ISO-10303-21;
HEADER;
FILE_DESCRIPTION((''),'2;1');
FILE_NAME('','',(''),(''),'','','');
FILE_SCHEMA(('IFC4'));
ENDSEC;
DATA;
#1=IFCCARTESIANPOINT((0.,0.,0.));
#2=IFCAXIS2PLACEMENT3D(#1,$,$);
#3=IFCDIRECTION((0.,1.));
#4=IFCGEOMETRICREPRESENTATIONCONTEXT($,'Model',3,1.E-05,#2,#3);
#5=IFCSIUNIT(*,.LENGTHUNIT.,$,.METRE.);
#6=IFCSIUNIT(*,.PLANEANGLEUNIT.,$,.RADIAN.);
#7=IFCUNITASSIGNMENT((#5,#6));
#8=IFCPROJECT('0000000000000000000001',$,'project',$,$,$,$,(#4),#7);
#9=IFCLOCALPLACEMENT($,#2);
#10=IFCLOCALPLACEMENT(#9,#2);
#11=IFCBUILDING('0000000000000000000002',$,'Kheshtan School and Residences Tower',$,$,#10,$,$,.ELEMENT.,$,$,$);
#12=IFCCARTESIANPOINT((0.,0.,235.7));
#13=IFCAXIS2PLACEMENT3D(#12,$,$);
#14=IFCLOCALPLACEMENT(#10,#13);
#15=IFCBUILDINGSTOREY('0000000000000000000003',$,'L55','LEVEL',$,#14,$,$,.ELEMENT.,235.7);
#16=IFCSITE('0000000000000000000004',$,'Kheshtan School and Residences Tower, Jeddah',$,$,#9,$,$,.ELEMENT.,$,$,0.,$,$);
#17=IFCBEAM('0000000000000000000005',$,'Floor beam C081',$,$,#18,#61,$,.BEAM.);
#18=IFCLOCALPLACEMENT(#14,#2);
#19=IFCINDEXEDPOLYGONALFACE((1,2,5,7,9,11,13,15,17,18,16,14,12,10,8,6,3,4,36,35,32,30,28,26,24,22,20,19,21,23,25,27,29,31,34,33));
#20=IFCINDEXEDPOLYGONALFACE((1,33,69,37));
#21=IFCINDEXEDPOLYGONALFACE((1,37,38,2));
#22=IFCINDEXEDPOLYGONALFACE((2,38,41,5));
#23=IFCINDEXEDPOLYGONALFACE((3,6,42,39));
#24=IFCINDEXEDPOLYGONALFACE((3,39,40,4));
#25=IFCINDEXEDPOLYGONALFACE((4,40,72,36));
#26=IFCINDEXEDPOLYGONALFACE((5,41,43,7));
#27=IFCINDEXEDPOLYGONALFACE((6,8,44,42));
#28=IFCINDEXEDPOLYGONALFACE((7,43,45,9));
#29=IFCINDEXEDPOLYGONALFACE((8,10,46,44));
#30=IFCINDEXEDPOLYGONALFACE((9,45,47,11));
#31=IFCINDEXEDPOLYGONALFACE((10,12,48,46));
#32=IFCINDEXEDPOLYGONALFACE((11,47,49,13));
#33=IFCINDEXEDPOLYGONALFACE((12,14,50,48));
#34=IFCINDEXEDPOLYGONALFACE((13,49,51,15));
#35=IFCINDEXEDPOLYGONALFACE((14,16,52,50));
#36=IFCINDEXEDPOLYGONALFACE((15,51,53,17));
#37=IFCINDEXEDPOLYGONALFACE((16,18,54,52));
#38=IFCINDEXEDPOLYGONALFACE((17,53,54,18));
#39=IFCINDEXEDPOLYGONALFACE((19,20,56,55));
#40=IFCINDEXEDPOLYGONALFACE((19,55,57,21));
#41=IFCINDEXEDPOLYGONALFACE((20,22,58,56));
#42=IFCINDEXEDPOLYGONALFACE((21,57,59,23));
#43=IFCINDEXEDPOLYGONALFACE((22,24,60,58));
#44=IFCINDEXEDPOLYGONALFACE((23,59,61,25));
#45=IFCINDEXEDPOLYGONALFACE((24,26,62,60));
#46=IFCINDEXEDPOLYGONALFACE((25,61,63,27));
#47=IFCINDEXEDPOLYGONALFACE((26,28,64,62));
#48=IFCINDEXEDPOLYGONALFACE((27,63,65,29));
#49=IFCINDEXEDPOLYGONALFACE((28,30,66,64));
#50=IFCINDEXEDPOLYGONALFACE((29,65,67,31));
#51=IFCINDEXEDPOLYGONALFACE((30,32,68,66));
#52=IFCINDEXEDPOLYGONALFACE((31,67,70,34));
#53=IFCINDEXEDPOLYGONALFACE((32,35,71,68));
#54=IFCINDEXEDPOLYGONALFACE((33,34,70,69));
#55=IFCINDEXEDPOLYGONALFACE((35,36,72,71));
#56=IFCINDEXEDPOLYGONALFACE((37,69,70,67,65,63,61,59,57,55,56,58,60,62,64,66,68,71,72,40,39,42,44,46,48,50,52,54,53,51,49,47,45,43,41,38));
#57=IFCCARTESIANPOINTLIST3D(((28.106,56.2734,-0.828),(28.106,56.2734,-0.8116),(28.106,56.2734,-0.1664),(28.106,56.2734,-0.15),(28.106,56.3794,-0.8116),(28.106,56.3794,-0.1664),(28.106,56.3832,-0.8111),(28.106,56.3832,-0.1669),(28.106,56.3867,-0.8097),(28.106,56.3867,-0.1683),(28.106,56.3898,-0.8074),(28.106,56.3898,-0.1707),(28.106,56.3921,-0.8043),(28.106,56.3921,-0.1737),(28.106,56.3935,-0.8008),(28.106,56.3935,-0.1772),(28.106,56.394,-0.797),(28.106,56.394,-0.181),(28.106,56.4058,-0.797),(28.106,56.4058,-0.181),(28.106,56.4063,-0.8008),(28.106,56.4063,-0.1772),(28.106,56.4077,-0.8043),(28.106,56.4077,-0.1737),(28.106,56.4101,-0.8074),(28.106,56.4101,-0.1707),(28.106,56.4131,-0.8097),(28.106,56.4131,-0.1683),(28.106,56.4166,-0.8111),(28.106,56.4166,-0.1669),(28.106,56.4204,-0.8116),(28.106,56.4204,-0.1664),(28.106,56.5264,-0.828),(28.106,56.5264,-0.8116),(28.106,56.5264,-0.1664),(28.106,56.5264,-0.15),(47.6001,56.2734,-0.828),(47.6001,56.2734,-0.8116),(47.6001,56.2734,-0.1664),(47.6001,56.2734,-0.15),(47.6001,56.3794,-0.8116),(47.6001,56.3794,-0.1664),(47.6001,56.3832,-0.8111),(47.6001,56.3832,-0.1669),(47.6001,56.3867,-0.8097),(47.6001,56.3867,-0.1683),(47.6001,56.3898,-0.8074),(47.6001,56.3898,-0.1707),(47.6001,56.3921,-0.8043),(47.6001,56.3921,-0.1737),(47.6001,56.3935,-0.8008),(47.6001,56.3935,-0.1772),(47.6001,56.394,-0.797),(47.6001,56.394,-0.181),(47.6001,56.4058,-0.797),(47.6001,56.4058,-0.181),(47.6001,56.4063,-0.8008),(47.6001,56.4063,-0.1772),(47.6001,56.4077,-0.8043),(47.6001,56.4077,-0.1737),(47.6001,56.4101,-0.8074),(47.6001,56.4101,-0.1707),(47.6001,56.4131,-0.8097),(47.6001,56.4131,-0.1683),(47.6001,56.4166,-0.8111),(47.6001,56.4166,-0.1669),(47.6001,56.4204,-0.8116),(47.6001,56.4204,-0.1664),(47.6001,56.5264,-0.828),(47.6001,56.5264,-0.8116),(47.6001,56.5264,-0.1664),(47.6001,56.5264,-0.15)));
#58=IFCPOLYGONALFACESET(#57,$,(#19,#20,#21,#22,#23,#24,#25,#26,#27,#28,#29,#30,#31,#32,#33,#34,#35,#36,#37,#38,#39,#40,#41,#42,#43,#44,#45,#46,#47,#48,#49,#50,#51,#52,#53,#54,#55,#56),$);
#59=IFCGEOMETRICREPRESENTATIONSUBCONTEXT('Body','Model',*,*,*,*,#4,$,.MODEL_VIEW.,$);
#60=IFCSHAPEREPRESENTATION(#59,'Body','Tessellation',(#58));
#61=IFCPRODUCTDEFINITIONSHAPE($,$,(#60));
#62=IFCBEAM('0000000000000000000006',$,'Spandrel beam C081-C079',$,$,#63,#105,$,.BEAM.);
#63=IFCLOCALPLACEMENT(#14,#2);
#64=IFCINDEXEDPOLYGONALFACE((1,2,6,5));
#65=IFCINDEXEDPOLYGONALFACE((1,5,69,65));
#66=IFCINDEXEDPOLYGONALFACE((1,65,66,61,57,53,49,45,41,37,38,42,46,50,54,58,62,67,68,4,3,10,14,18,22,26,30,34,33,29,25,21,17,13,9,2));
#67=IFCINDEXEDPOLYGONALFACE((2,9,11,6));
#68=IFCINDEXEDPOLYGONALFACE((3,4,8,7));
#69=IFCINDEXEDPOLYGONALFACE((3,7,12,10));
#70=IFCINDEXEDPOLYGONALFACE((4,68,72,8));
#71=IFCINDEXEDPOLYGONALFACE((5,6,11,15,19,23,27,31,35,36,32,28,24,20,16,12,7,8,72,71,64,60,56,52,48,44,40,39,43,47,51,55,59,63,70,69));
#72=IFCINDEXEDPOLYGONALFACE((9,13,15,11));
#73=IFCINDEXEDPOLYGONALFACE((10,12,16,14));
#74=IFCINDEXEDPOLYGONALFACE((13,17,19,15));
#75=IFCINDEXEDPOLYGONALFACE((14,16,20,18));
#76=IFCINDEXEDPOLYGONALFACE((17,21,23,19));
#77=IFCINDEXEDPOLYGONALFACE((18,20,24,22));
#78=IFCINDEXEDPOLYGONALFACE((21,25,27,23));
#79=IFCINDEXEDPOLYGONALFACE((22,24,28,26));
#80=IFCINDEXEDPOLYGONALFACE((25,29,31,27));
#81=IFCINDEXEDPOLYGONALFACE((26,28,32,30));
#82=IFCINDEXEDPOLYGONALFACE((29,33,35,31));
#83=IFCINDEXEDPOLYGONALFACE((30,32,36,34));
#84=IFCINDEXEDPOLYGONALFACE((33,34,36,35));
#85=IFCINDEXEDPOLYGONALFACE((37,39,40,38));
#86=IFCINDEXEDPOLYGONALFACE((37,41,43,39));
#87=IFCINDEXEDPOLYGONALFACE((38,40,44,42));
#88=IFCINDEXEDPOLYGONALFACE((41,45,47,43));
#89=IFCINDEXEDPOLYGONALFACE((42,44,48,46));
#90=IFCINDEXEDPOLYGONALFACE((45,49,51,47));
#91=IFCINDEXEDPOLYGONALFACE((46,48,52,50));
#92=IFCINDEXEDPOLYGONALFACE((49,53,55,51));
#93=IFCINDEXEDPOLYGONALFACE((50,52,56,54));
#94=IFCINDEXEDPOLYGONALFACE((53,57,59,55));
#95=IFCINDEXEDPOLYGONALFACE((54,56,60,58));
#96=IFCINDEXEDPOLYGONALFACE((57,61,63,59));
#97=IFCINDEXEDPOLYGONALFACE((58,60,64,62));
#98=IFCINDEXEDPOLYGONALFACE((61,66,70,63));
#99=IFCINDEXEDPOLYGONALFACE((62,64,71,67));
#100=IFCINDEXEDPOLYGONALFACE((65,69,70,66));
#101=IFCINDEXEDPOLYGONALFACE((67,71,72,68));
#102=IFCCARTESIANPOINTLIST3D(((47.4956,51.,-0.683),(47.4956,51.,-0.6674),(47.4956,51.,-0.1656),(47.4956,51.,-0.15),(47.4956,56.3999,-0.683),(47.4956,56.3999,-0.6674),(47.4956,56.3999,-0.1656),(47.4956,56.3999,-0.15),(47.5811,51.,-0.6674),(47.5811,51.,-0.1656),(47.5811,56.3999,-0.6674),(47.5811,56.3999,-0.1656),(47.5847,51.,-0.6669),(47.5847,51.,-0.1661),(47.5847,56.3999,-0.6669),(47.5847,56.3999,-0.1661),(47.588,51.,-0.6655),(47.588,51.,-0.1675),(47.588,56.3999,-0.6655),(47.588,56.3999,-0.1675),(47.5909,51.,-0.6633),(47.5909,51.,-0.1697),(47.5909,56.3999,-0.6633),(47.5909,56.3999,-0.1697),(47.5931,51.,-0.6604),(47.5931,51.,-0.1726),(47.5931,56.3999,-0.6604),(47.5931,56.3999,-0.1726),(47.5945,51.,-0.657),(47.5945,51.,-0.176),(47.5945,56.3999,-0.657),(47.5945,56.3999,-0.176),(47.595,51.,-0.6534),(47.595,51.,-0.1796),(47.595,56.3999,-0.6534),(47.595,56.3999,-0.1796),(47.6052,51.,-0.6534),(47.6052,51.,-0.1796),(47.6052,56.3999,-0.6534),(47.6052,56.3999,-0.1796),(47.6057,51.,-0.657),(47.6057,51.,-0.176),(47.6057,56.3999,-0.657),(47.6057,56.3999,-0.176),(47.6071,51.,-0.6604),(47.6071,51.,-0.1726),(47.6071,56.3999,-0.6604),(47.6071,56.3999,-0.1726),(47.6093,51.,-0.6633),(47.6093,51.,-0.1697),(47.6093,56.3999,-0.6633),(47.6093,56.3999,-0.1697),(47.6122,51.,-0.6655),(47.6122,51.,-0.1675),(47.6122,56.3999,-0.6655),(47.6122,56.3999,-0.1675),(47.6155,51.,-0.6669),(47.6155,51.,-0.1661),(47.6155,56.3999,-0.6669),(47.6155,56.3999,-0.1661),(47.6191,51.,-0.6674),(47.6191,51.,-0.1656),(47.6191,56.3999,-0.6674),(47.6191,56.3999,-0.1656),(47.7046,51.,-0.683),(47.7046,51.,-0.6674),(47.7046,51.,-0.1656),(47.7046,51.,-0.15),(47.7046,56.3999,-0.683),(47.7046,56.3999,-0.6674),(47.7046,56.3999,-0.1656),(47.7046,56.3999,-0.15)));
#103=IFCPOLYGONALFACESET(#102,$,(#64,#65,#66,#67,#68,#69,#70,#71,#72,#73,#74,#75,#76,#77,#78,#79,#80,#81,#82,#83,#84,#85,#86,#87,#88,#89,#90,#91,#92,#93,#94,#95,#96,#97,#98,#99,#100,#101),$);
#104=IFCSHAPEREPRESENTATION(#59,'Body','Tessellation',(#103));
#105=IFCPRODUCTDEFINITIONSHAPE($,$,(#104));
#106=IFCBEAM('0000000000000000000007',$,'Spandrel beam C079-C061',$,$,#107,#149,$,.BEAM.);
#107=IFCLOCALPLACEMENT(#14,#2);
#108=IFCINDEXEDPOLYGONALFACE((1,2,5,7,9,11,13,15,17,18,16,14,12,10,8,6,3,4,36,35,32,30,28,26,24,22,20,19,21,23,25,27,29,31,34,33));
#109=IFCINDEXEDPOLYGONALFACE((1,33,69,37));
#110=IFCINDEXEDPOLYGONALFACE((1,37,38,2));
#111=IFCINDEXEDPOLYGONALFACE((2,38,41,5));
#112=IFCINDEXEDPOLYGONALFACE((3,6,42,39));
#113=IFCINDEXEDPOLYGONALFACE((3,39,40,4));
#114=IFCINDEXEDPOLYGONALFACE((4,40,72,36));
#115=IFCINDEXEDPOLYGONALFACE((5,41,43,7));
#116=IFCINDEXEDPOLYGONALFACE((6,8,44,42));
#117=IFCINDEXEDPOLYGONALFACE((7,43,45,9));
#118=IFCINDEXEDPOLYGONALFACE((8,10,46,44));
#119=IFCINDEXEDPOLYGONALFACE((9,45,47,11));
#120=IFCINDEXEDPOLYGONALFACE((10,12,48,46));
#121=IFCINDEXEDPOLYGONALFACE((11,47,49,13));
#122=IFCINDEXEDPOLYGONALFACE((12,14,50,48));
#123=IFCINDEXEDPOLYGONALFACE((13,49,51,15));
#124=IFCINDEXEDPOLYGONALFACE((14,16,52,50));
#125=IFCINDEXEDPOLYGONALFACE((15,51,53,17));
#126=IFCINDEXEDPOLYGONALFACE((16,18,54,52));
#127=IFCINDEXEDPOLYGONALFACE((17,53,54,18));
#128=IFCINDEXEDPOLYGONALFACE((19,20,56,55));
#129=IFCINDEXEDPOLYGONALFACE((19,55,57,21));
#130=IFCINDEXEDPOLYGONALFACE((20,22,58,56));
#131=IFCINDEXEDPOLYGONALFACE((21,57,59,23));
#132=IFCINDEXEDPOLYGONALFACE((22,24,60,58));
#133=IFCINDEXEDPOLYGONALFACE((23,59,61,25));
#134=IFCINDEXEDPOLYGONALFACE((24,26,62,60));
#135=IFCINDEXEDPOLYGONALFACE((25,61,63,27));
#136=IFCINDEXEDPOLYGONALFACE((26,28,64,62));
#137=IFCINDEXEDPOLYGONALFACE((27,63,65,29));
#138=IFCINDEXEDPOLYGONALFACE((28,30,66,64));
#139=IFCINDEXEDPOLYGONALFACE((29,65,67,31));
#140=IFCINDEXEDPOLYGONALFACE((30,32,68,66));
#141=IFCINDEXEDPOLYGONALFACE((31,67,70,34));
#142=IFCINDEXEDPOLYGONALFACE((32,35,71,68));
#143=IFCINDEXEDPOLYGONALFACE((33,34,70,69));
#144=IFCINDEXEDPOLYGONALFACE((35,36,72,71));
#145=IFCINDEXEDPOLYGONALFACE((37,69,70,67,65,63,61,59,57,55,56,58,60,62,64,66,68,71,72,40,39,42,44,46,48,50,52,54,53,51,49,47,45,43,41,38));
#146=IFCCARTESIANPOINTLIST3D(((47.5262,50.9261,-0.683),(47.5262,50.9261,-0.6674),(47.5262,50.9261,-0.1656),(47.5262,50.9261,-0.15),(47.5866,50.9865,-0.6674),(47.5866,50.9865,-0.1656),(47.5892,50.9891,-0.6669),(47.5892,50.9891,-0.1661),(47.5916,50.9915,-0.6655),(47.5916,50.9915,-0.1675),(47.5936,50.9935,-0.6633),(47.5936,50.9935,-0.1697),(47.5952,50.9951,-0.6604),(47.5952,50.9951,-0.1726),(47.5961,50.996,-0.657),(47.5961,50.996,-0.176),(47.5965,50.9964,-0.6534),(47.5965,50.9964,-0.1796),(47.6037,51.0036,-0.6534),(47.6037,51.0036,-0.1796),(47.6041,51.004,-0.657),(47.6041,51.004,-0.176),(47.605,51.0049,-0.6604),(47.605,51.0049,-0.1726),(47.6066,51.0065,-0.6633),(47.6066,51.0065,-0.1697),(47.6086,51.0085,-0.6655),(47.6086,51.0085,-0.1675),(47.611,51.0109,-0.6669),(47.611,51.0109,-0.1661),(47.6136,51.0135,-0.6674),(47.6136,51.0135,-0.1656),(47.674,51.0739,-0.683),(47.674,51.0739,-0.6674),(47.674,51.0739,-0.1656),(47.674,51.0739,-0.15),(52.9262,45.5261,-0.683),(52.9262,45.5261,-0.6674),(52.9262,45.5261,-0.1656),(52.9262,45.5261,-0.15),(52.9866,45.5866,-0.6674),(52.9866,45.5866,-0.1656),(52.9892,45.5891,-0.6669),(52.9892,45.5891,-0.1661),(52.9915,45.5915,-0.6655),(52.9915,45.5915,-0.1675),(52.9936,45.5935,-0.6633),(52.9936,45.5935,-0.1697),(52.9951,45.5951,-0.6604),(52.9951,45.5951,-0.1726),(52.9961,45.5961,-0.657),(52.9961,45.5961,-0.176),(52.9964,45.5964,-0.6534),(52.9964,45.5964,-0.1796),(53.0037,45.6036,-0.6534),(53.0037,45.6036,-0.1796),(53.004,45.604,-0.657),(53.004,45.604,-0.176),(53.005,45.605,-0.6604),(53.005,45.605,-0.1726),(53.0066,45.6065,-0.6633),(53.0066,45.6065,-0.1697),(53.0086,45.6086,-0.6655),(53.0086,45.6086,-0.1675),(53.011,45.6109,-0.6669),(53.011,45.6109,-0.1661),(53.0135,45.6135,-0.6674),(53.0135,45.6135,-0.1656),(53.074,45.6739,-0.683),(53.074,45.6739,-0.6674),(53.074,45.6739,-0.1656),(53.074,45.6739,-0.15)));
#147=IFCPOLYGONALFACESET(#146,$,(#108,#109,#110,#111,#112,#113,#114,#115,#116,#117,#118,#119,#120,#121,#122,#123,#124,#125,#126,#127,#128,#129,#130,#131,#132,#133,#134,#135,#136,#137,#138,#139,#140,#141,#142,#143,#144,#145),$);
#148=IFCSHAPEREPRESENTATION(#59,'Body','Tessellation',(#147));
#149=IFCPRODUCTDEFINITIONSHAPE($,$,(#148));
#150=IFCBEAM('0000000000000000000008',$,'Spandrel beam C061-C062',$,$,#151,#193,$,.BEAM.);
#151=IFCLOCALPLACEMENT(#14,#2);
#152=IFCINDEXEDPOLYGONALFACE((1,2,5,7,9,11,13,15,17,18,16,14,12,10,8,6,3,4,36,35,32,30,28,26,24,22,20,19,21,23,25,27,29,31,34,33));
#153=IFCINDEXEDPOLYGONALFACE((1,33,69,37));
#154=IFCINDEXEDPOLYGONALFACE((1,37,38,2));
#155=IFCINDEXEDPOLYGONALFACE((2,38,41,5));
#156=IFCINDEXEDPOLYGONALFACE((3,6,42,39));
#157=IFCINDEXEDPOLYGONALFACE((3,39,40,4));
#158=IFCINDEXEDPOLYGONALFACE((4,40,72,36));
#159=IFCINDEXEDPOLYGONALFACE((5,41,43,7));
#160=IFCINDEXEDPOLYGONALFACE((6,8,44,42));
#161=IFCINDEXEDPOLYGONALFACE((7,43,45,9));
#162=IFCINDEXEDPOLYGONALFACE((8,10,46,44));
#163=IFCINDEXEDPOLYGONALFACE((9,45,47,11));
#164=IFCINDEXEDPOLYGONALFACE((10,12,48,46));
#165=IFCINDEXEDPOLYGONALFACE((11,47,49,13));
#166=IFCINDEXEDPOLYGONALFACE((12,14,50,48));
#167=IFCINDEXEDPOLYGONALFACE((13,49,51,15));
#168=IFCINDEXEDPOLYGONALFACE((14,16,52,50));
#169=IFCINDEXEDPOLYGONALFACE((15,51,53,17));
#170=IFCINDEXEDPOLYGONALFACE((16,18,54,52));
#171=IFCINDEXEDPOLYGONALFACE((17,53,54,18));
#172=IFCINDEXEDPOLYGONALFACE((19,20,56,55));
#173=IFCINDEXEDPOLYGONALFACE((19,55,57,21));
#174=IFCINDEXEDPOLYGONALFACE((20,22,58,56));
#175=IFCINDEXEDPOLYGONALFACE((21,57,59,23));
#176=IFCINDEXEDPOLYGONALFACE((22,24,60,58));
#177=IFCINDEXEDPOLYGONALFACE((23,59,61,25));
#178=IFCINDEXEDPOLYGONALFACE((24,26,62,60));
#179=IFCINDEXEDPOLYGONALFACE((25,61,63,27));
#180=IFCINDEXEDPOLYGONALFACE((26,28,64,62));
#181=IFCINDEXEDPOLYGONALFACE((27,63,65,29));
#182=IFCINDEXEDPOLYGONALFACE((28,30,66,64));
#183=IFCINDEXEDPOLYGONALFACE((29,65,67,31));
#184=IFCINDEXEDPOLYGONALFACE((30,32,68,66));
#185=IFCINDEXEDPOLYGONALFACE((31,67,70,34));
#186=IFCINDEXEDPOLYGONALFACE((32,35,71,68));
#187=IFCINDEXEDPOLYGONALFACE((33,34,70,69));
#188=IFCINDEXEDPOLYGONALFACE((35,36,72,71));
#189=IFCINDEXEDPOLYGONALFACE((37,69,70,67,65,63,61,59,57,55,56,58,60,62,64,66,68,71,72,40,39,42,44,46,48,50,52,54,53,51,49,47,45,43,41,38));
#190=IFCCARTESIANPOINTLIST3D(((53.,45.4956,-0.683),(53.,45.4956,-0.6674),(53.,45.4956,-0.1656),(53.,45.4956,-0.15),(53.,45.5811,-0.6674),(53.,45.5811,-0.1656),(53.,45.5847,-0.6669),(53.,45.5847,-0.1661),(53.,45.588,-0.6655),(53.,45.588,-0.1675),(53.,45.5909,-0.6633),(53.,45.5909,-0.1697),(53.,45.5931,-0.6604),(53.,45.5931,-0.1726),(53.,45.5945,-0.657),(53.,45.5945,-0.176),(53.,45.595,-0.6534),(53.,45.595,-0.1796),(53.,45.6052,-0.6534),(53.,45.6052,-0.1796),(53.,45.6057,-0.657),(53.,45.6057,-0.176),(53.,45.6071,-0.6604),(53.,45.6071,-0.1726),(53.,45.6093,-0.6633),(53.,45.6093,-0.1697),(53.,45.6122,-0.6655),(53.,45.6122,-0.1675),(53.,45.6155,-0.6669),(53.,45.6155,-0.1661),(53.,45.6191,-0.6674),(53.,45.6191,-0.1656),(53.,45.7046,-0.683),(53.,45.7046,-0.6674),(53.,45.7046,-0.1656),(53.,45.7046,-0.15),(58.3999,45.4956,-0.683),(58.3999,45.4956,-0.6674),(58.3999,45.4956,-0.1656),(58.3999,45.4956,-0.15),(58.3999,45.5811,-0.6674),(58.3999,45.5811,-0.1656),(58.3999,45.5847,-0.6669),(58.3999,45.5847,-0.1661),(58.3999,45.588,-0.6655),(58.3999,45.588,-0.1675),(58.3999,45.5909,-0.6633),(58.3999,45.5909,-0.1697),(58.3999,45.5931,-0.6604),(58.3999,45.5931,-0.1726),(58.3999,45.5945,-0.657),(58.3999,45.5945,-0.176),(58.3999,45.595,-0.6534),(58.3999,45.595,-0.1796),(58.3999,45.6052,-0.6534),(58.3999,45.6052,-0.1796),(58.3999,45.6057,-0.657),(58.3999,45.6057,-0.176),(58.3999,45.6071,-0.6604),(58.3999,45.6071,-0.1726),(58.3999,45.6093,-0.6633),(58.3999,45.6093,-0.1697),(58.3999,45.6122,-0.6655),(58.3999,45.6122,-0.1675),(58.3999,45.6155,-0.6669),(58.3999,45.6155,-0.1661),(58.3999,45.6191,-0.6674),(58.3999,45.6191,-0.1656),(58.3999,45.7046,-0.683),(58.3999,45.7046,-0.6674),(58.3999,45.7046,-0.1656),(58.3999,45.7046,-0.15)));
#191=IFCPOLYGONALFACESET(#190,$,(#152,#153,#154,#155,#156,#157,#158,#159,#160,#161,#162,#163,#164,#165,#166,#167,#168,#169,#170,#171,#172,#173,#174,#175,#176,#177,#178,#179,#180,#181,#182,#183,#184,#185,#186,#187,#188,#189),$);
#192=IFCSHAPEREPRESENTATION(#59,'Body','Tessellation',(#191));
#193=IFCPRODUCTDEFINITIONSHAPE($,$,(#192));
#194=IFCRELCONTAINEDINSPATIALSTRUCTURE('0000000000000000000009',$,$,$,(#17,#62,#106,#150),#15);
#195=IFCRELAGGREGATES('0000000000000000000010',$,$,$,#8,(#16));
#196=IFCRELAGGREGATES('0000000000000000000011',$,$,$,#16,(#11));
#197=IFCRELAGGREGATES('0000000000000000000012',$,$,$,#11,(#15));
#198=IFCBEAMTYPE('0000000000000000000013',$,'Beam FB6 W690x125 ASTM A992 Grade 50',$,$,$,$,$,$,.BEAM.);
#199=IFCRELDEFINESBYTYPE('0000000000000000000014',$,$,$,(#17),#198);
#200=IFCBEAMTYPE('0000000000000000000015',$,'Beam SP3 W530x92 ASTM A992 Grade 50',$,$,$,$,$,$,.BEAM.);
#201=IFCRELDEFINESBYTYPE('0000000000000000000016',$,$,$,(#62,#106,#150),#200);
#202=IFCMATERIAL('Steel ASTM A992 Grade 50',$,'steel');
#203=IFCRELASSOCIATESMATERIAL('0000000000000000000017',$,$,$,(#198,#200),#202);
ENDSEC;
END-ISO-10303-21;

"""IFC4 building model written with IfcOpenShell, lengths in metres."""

from ifc_helpers import new_model, si_unit, direction, frame, origin, origin_2d, place, context, subcontext, project, spatial, i_section, extrude, material, material_profile, profile_set, type_object, element, save


model = new_model("IFC4")

# Units and contexts
model_context = context("Model", 3, precision=1e-05, world=origin(), true_north=direction((0.0, 1.0)))
body_context = subcontext(model_context, "Body", "Model", "MODEL_VIEW")
ifc_project = project(units=[si_unit("LENGTHUNIT", "METRE"), si_unit("PLANEANGLEUNIT", "RADIAN")], contexts=[model_context])

# Site, building, storey
site_placement = place(None, origin())
site = spatial("IfcSite", under=ifc_project, at=site_placement, Name="Kheshtan School and Residences Tower, Jeddah", CompositionType="ELEMENT", RefElevation=0.0)
building_placement = place(site_placement, origin())
building = spatial("IfcBuilding", under=site, at=building_placement, Name="Kheshtan School and Residences Tower", CompositionType="ELEMENT")
storey_placement = place(building_placement, frame((0.0, 0.0, 235.7)))
storey = spatial("IfcBuildingStorey", under=building, at=storey_placement, Name="L55", Description="LEVEL", CompositionType="ELEMENT", Elevation=235.7)

# Shared definitions
ifc_material_1 = material(Name="Steel ASTM A992 Grade 50", Category="steel")

# Beams
ifc_material_profile_1 = material_profile(ifc_material_1, i_section(OverallWidth=0.2529, OverallDepth=0.678, WebThickness=0.0117, FlangeThickness=0.0164, FilletRadius=0.0146, at=origin_2d()), Name="W690x125")
ifc_profile_set_1 = profile_set([ifc_material_profile_1], Name="Steel ASTM A992 Grade 50")
beam_type_1 = type_object("IfcBeamType", Name="Beam FB6 W690x125 ASTM A992 Grade 50", PredefinedType="BEAM", material=ifc_profile_set_1)
beam_1_placement = place(storey_placement, frame((47.6001, 56.3999, -0.489), z_axis=(-1.0, 0.0, 0.0), x_axis=(0.0, -1.0, 0.0)))
element("IfcBeam", 1, at=beam_1_placement, inside=storey, type_object=beam_type_1, Name="Floor beam C081", PredefinedType="BEAM", context=body_context, shape_type="SweptSolid", body=[
    extrude(i_section(OverallWidth=0.2529, OverallDepth=0.678, WebThickness=0.0117, FlangeThickness=0.0164, FilletRadius=0.0146, at=origin_2d()), origin(), (0.0, 0.0, 1.0), 19.4941),
])
ifc_material_profile_2 = material_profile(ifc_material_1, i_section(OverallWidth=0.209, OverallDepth=0.533, WebThickness=0.0103, FlangeThickness=0.0156, FilletRadius=0.0139, at=origin_2d()), Name="W530x92")
ifc_profile_set_2 = profile_set([ifc_material_profile_2], Name="Steel ASTM A992 Grade 50")
beam_type_2 = type_object("IfcBeamType", Name="Beam SP3 W530x92 ASTM A992 Grade 50", PredefinedType="BEAM", material=ifc_profile_set_2)
beam_2_placement = place(storey_placement, frame((47.6001, 56.3999, -0.4165), z_axis=(0.0, -1.0, 0.0), x_axis=(1.0, 0.0, 0.0)))
element("IfcBeam", 2, at=beam_2_placement, inside=storey, type_object=beam_type_2, Name="Spandrel beam C081-C079", PredefinedType="BEAM", context=body_context, shape_type="SweptSolid", body=[
    extrude(i_section(OverallWidth=0.209, OverallDepth=0.533, WebThickness=0.0103, FlangeThickness=0.0156, FilletRadius=0.0139, at=origin_2d()), origin(), (0.0, 0.0, 1.0), 5.3999),
])
beam_3_placement = place(storey_placement, frame((47.6001, 51.0, -0.4165), z_axis=(0.707107, -0.707107, 0.0), x_axis=(0.707107, 0.707107, 0.0)))
element("IfcBeam", 3, at=beam_3_placement, inside=storey, type_object=beam_type_2, Name="Spandrel beam C079-C061", PredefinedType="BEAM", context=body_context, shape_type="SweptSolid", body=[
    extrude(i_section(OverallWidth=0.209, OverallDepth=0.533, WebThickness=0.0103, FlangeThickness=0.0156, FilletRadius=0.0139, at=origin_2d()), origin(), (0.0, 0.0, 1.0), 7.6367),
])
beam_4_placement = place(storey_placement, frame((53.0, 45.6001, -0.4165), z_axis=(1.0, 0.0, 0.0), x_axis=(0.0, 1.0, 0.0)))
element("IfcBeam", 4, at=beam_4_placement, inside=storey, type_object=beam_type_2, Name="Spandrel beam C061-C062", PredefinedType="BEAM", context=body_context, shape_type="SweptSolid", body=[
    extrude(i_section(OverallWidth=0.209, OverallDepth=0.533, WebThickness=0.0103, FlangeThickness=0.0156, FilletRadius=0.0139, at=origin_2d()), origin(), (0.0, 0.0, 1.0), 5.3999),
])

save(model, "model.ifc")
